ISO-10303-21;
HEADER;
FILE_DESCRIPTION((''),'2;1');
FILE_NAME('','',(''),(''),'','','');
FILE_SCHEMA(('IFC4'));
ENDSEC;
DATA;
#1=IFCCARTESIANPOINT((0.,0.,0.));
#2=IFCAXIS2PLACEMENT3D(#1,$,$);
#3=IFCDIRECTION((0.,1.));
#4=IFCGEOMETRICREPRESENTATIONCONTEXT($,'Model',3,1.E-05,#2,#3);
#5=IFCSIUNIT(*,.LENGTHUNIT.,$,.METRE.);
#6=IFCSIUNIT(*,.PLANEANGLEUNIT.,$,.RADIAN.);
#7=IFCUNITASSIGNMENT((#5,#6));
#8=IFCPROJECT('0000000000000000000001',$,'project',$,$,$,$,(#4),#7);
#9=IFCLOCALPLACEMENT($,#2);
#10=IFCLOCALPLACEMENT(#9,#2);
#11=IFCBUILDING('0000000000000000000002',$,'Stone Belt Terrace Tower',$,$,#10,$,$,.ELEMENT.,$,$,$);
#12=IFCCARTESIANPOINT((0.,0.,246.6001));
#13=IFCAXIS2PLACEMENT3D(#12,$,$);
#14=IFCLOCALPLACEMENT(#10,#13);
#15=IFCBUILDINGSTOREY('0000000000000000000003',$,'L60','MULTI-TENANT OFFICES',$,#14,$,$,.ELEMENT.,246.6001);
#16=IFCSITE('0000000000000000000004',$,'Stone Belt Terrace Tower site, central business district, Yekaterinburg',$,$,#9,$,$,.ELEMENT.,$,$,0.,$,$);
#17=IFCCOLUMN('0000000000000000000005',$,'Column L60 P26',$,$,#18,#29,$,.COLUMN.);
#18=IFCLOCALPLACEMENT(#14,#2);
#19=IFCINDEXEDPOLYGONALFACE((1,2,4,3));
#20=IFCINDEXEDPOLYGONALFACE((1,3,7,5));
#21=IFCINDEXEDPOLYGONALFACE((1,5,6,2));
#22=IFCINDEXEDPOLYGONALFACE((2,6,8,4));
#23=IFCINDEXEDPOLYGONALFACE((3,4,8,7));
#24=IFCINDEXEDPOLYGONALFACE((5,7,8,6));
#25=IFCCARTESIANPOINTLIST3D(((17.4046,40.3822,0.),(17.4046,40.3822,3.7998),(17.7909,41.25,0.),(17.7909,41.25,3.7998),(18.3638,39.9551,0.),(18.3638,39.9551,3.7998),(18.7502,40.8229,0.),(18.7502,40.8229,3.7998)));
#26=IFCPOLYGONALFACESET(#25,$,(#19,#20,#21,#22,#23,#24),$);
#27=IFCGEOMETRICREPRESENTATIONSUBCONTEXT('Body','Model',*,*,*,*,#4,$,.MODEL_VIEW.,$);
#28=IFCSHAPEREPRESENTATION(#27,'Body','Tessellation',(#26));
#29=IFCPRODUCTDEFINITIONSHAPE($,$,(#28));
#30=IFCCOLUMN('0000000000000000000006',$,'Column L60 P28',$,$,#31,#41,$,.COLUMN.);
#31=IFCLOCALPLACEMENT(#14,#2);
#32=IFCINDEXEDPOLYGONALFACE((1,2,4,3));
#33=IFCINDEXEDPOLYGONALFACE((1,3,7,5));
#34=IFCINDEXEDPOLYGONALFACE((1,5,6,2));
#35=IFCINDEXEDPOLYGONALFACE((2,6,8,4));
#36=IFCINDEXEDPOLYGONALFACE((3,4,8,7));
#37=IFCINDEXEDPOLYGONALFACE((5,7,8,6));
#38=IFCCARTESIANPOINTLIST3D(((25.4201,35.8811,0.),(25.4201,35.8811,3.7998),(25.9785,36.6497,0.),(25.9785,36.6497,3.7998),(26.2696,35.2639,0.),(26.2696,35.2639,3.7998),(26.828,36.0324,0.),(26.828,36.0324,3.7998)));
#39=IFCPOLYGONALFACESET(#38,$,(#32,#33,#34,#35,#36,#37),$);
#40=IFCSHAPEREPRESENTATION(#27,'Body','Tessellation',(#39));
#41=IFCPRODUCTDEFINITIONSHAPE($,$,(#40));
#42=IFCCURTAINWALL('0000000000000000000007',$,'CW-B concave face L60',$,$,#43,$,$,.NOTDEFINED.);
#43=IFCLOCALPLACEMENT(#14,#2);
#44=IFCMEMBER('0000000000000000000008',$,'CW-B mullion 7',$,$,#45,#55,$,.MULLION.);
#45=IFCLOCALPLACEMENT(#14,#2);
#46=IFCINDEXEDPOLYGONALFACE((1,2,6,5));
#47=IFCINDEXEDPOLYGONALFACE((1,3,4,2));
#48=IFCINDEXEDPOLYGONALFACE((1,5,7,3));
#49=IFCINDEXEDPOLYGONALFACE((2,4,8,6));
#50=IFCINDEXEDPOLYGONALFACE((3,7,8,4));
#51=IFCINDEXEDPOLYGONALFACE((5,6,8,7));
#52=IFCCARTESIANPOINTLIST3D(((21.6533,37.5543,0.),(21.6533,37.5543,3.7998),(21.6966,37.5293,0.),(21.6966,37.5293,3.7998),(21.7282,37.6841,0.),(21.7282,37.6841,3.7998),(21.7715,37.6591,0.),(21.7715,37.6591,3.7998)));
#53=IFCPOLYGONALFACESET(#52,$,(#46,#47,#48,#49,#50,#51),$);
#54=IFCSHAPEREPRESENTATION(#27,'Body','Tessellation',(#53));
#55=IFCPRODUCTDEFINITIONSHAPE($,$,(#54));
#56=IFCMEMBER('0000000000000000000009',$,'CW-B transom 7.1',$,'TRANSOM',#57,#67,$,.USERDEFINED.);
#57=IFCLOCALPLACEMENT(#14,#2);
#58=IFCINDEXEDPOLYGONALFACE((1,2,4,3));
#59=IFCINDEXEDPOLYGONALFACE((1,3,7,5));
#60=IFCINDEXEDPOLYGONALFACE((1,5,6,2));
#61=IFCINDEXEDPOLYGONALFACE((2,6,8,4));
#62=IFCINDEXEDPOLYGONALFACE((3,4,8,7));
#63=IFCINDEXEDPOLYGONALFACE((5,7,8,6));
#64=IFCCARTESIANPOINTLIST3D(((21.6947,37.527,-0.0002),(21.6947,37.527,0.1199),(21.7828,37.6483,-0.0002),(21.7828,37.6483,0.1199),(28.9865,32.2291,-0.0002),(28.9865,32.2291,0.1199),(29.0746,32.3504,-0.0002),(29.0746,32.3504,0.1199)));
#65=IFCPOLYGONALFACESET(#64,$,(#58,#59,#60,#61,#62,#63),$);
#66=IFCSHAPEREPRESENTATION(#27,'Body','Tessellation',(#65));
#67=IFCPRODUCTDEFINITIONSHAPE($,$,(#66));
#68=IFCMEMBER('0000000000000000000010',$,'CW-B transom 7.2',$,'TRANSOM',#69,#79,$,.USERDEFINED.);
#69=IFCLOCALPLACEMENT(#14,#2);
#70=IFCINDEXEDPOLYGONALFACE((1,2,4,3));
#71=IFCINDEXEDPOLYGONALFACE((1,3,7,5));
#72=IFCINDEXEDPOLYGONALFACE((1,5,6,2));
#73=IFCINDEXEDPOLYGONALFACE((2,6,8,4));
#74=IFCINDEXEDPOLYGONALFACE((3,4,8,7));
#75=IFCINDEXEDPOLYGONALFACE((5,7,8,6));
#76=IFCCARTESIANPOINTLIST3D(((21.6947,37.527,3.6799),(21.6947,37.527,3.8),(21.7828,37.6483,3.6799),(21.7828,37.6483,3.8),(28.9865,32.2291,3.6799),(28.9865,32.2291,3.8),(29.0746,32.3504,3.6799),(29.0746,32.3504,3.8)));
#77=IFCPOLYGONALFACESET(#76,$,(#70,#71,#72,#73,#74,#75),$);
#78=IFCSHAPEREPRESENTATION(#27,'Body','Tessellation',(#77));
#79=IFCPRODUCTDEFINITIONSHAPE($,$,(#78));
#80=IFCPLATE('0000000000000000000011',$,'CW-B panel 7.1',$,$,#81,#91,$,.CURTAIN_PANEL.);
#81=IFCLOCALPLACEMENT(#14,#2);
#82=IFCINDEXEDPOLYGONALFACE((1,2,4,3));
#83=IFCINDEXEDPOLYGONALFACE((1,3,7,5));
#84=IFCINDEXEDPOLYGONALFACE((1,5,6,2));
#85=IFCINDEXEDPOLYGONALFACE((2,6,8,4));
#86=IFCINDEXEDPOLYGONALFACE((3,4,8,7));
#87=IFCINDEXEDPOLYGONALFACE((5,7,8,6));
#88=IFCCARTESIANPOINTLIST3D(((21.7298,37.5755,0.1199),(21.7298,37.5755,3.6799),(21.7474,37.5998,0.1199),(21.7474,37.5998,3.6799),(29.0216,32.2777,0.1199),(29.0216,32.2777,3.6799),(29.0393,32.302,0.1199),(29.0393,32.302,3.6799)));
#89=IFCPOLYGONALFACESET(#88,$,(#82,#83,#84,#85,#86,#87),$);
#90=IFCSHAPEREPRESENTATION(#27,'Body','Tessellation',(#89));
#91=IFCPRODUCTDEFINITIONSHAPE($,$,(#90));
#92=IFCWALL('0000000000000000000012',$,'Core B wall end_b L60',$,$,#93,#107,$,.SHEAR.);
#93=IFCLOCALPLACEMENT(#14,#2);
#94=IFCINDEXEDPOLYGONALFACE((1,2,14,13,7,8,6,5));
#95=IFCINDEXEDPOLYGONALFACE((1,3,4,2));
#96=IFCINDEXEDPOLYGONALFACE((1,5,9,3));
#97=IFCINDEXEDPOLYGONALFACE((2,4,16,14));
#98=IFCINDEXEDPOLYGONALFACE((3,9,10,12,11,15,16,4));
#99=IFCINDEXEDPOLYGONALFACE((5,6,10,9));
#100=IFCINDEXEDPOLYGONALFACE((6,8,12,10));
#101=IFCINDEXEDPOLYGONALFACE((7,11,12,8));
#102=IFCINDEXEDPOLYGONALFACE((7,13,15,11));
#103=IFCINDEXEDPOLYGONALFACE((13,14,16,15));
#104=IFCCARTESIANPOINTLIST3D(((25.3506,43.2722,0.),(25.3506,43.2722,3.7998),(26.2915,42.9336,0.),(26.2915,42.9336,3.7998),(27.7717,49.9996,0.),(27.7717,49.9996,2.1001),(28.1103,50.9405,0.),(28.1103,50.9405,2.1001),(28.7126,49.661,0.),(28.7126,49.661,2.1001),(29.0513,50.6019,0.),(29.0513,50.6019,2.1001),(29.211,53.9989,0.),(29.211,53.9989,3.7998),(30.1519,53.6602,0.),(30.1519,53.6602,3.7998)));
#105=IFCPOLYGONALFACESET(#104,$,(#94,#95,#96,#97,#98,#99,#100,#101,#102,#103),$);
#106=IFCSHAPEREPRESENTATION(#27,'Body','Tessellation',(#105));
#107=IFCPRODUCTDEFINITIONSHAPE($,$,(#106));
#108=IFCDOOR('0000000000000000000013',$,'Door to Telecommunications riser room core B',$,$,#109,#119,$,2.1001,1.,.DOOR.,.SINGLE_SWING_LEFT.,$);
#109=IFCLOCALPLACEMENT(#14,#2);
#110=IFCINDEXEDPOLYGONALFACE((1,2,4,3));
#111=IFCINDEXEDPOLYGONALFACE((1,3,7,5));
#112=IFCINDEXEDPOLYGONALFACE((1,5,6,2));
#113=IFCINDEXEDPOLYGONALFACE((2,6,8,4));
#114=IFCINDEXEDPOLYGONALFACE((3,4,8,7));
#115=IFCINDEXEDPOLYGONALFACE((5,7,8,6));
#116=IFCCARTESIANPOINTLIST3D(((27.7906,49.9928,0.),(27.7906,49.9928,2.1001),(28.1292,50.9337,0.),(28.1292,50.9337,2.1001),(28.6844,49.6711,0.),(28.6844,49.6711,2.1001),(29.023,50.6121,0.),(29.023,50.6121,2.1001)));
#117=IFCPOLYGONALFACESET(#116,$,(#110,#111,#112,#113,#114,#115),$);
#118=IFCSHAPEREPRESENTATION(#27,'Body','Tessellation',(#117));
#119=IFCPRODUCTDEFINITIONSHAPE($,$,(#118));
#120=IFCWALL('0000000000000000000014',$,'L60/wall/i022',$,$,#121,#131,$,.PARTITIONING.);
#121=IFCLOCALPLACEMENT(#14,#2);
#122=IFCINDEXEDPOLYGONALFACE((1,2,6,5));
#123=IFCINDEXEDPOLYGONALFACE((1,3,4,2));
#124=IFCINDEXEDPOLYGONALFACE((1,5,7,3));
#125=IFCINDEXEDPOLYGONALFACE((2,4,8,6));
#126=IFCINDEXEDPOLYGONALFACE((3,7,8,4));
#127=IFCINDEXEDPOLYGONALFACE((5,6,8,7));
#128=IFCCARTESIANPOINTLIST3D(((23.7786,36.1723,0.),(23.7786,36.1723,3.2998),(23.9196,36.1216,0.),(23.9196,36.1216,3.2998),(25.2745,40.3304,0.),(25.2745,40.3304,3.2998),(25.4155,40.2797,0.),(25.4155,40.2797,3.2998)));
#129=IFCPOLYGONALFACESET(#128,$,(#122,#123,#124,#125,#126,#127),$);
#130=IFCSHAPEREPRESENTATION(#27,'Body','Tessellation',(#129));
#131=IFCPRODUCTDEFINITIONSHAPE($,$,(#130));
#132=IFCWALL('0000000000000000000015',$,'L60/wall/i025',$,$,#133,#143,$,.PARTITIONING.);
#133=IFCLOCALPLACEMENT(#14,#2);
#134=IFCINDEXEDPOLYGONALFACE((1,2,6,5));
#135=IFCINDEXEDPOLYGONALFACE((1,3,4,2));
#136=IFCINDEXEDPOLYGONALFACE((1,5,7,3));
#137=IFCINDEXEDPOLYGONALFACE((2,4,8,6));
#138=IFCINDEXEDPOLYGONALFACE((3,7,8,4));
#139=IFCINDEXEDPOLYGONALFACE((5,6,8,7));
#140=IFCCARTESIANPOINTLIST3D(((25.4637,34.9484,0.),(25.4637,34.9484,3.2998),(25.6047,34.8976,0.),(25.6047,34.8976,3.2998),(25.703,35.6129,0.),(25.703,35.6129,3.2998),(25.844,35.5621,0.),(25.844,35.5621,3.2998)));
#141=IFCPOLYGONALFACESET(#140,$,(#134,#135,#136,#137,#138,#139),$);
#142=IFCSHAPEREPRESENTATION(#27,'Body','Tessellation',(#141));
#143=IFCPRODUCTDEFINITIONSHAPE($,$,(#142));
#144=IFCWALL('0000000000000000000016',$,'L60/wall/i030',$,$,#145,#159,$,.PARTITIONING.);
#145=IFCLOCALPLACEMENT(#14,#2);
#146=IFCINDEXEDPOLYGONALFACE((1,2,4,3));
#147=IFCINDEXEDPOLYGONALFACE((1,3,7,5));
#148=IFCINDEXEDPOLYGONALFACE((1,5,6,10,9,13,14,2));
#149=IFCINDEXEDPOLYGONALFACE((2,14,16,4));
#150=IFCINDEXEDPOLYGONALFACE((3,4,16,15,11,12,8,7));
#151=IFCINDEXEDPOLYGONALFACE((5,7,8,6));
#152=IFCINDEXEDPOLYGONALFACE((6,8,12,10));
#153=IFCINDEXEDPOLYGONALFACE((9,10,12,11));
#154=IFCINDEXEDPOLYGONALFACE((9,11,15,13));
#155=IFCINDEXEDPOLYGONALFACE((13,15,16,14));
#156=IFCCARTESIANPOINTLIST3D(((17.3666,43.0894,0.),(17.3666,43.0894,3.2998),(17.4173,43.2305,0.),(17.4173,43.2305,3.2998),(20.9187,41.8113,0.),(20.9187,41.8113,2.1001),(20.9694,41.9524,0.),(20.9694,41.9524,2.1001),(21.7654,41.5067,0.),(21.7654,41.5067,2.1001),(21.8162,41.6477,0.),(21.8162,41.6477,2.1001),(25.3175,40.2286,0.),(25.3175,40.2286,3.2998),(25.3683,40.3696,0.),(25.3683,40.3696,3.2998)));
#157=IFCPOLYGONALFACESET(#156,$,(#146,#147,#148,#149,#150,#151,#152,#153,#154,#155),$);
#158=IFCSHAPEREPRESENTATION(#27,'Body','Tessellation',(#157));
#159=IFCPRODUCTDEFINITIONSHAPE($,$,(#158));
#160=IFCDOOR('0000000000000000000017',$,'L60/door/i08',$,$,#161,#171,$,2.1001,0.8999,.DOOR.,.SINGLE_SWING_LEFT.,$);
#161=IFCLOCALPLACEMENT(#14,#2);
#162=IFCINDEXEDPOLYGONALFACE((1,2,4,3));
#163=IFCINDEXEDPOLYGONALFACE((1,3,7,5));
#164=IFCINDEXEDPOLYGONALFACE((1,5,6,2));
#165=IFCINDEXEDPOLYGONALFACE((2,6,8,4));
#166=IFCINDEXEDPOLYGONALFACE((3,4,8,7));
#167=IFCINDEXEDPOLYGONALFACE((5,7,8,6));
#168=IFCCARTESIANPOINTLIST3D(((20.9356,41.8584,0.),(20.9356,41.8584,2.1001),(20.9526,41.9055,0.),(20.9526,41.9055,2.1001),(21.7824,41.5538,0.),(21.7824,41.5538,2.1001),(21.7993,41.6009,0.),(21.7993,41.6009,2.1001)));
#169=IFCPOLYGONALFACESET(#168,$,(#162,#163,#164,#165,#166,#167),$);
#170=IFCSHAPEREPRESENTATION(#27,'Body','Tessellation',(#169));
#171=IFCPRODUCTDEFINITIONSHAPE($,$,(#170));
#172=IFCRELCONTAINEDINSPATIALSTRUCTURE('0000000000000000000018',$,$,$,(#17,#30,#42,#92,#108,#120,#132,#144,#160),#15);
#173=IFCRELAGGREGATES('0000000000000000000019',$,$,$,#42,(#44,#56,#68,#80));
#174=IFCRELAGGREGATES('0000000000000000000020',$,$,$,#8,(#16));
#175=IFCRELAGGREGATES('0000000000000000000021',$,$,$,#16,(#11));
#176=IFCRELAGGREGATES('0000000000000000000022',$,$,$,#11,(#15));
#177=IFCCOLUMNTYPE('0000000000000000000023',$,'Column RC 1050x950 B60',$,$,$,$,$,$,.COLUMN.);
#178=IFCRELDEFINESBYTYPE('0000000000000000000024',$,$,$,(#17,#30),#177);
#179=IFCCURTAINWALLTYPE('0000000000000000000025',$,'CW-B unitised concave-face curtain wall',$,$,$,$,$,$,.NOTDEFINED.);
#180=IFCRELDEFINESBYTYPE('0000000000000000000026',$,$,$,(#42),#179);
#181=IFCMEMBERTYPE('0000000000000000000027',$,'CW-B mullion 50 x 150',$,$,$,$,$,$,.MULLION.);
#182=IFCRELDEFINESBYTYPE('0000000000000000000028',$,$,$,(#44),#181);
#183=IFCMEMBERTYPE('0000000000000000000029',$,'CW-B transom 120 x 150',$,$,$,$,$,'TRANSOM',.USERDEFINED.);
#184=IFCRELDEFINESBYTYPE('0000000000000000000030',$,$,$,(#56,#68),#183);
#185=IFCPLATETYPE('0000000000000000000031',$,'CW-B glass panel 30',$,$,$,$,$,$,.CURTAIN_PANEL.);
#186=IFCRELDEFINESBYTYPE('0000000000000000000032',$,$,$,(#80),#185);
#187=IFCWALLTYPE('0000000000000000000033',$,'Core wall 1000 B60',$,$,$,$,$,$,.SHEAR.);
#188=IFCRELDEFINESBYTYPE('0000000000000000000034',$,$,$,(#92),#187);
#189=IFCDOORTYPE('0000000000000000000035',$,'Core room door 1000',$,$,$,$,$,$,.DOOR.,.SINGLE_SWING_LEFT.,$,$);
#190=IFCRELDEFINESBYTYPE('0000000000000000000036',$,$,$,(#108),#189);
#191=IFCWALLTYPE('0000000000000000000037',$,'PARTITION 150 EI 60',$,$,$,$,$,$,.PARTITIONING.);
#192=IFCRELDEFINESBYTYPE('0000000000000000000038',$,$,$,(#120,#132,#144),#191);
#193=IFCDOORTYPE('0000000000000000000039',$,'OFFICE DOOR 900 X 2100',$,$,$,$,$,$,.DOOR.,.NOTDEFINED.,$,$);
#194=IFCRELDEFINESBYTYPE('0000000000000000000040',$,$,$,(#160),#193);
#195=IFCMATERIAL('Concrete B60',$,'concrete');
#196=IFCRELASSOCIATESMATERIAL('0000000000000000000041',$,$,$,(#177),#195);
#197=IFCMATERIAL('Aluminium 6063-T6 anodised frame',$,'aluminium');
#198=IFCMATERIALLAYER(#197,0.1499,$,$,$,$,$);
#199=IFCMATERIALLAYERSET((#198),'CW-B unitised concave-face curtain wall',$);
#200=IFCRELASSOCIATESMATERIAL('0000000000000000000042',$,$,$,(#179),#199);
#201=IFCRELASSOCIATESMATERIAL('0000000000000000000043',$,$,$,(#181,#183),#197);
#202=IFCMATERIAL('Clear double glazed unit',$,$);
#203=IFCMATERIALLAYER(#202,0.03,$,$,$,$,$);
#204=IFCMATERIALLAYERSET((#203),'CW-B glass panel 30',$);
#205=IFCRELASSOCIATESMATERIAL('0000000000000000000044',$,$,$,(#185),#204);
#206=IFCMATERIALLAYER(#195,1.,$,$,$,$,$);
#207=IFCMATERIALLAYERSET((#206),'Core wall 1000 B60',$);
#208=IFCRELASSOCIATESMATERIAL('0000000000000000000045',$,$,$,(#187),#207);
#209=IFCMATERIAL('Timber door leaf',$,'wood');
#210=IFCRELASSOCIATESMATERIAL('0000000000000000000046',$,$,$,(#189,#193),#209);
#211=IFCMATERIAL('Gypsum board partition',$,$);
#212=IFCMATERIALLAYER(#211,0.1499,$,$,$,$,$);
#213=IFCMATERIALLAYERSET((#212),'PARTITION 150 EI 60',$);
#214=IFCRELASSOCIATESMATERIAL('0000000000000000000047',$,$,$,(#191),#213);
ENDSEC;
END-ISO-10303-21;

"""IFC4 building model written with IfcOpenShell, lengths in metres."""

from ifc_helpers import new_model, si_unit, direction, frame, frame_2d, origin, origin_2d, place, context, subcontext, project, spatial, rectangle, extrude, material, layer, layer_set, material_profile, profile_set, type_object, element, fill, aggregate, save


model = new_model("IFC4")

# Units and contexts
model_context = context("Model", 3, precision=1e-05, world=origin(), true_north=direction((0.0, 1.0)))
body_context = subcontext(model_context, "Body", "Model", "MODEL_VIEW")
ifc_project = project(units=[si_unit("LENGTHUNIT", "METRE"), si_unit("PLANEANGLEUNIT", "RADIAN")], contexts=[model_context])

# Site, building, storey
site_placement = place(None, origin())
site = spatial("IfcSite", under=ifc_project, at=site_placement, Name="Stone Belt Terrace Tower site, central business district, Yekaterinburg", CompositionType="ELEMENT", RefElevation=0.0)
building_placement = place(site_placement, origin())
building = spatial("IfcBuilding", under=site, at=building_placement, Name="Stone Belt Terrace Tower", CompositionType="ELEMENT")
storey_placement = place(building_placement, frame((0.0, 0.0, 246.6001)))
storey = spatial("IfcBuildingStorey", under=building, at=storey_placement, Name="L60", Description="MULTI-TENANT OFFICES", CompositionType="ELEMENT", Elevation=246.6001)

# Columns
ifc_material_1 = material(Name="Concrete B60", Category="concrete")
ifc_material_profile_1 = material_profile(ifc_material_1, rectangle(XDim=1.05, YDim=0.95, at=origin_2d()), Name="RC 1050x950")
ifc_profile_set_1 = profile_set([ifc_material_profile_1], Name="Concrete B60")
column_type = type_object("IfcColumnType", Name="Column RC 1050x950 B60", PredefinedType="COLUMN", material=ifc_profile_set_1)
for number, where, z_axis, x_axis, name in (
    (1, (18.0774, 40.6025, 0.0), (0.0, 0.0, 1.0), (0.913545, -0.406737, 0.0), "Column L60 P26"),
    (2, (26.124, 35.9568, 0.0), (0.0, 0.0, 1.0), (0.809017, -0.587785, 0.0), "Column L60 P28"),
):
    element("IfcColumn", number, at=place(storey_placement, frame(where, z_axis=z_axis, x_axis=x_axis)), inside=storey, type_object=column_type, Name=name, PredefinedType="COLUMN", context=body_context, shape_type="SweptSolid", body=[
        extrude(rectangle(XDim=1.05, YDim=0.95, at=origin_2d()), origin(), (0.0, 0.0, 1.0), 3.7998),
    ])

# Curtain wall, members, plate
ifc_material_2 = material(Name="Aluminium 6063-T6 anodised frame", Category="aluminium")
ifc_layer_1 = layer(ifc_material_2, 0.1499)
ifc_layer_set_1 = layer_set([ifc_layer_1], Name="CW-B unitised concave-face curtain wall")
curtain_wall_type = type_object("IfcCurtainWallType", Name="CW-B unitised concave-face curtain wall", PredefinedType="NOTDEFINED", material=ifc_layer_set_1)
curtain_wall_placement = place(storey_placement, origin())
curtain_wall = element("IfcCurtainWall", 3, at=curtain_wall_placement, inside=storey, type_object=curtain_wall_type, Name="CW-B concave face L60", PredefinedType="NOTDEFINED")
ifc_material_profile_2 = material_profile(ifc_material_2, rectangle(XDim=0.1499, YDim=0.05, at=origin_2d()), Name="Aluminium 6063-T6 50x150")
ifc_profile_set_2 = profile_set([ifc_material_profile_2], Name="Aluminium 6063-T6 anodised frame")
member_type_1 = type_object("IfcMemberType", Name="CW-B mullion 50 x 150", PredefinedType="MULLION", material=ifc_profile_set_2)
member_1_placement = place(storey_placement, frame((21.7124, 37.6067, 0.0), z_axis=(0.0, 0.0, 1.0), x_axis=(0.5, 0.866025, 0.0)))
member_1 = element("IfcMember", 4, at=member_1_placement, type_object=member_type_1, Name="CW-B mullion 7", PredefinedType="MULLION", context=body_context, shape_type="SweptSolid", body=[
    extrude(rectangle(XDim=0.1499, YDim=0.05, at=origin_2d()), origin(), (0.0, 0.0, 1.0), 3.7998),
])
ifc_material_profile_3 = material_profile(ifc_material_2, rectangle(XDim=0.1499, YDim=0.1201, at=origin_2d()), Name="Aluminium 6063-T6 150x120")
ifc_profile_set_3 = profile_set([ifc_material_profile_3], Name="Aluminium 6063-T6 anodised frame")
member_type_2 = type_object("IfcMemberType", Name="CW-B transom 120 x 150", ElementType="TRANSOM", PredefinedType="USERDEFINED", material=ifc_profile_set_3)
member_2_placement = place(storey_placement, frame((21.7388, 37.5876, 0.0598), z_axis=(0.809012, -0.587792, 0.0), x_axis=(0.587792, 0.809012, 0.0)))
member_2 = element("IfcMember", 5, at=member_2_placement, type_object=member_type_2, Name="CW-B transom 7.1", ObjectType="TRANSOM", PredefinedType="USERDEFINED", context=body_context, shape_type="SweptSolid", body=[
    extrude(rectangle(XDim=0.1499, YDim=0.1201, at=origin_2d()), origin(), (0.0, 0.0, 1.0), 9.0132),
])
member_3_placement = place(storey_placement, frame((21.7388, 37.5876, 3.74), z_axis=(0.809012, -0.587792, 0.0), x_axis=(0.587792, 0.809012, 0.0)))
member_3 = element("IfcMember", 6, at=member_3_placement, type_object=member_type_2, Name="CW-B transom 7.2", ObjectType="TRANSOM", PredefinedType="USERDEFINED", context=body_context, shape_type="SweptSolid", body=[
    extrude(rectangle(XDim=0.1499, YDim=0.1201, at=origin_2d()), origin(), (0.0, 0.0, 1.0), 9.0132),
])
ifc_material_3 = material(Name="Clear double glazed unit")
ifc_layer_2 = layer(ifc_material_3, 0.03)
ifc_layer_set_2 = layer_set([ifc_layer_2], Name="CW-B glass panel 30")
plate_type = type_object("IfcPlateType", Name="CW-B glass panel 30", PredefinedType="CURTAIN_PANEL", material=ifc_layer_set_2)
plate_placement = place(storey_placement, frame((25.3845, 34.9387, 0.1199), z_axis=(0.0, 0.0, 1.0), x_axis=(0.809017, -0.587785, 0.0)))
plate = element("IfcPlate", 7, at=plate_placement, type_object=plate_type, Name="CW-B panel 7.1", PredefinedType="CURTAIN_PANEL", context=body_context, shape_type="SweptSolid", body=[
    extrude(rectangle(XDim=9.0132, YDim=0.03, at=origin_2d()), origin(), (0.0, 0.0, 1.0), 3.5601),
])
aggregate(curtain_wall, [member_1, member_2, member_3, plate])

# Wall, opening, door
ifc_layer_3 = layer(ifc_material_1, 1.0)
ifc_layer_set_3 = layer_set([ifc_layer_3], Name="Core wall 1000 B60")
wall_type_1 = type_object("IfcWallType", Name="Core wall 1000 B60", PredefinedType="SHEAR", material=ifc_layer_set_3)
wall_1_placement = place(storey_placement, frame((25.821, 43.1028, 0.0), z_axis=(0.0, 0.0, 1.0), x_axis=(0.338625, 0.940921, 0.0)))
wall_1 = element("IfcWall", 8, at=wall_1_placement, inside=storey, type_object=wall_type_1, Name="Core B wall end_b L60", PredefinedType="SHEAR", context=body_context, shape_type="SweptSolid", body=[
    extrude(rectangle(XDim=11.4001, YDim=1.0, at=frame_2d((5.7002, 0.0))), origin(), (0.0, 0.0, 1.0), 3.7998),
])
opening_1_placement = place(wall_1_placement, frame((7.1499, 0.0, 0.0)))
opening_1 = element("IfcOpeningElement", 9, at=opening_1_placement, cuts=wall_1, PredefinedType="OPENING", context=body_context, shape_type="SweptSolid", body=[
    extrude(rectangle(XDim=1.0, YDim=2.1001, at=frame_2d((0.5, 1.05))), frame((0.0, 0.51, 0.0), z_axis=(0.0, -1.0, 0.0), x_axis=(1.0, 0.0, 0.0)), (0.0, 0.0, 1.0), 1.02),
])
ifc_material_4 = material(Name="Timber door leaf", Category="wood")
door_type_1 = type_object("IfcDoorType", Name="Core room door 1000", OperationType="SINGLE_SWING_LEFT", PredefinedType="DOOR", material=ifc_material_4)
door_1_placement = place(opening_1_placement, origin())
door_1 = element("IfcDoor", 10, at=door_1_placement, inside=storey, type_object=door_type_1, Name="Door to Telecommunications riser room core B", OperationType="SINGLE_SWING_LEFT", OverallHeight=2.1001, OverallWidth=1.0, PredefinedType="DOOR", context=body_context, shape_type="SweptSolid", body=[
    extrude(rectangle(XDim=1.0, YDim=2.1001, at=frame_2d((0.5, 1.05))), frame((0.0, 0.48, 0.0), z_axis=(0.0, -1.0, 0.0), x_axis=(1.0, 0.0, 0.0)), (0.0, 0.0, 1.0), 0.95),
])
fill(opening_1, door_1)

# Walls
ifc_material_5 = material(Name="Gypsum board partition")
ifc_layer_4 = layer(ifc_material_5, 0.1499)
ifc_layer_set_4 = layer_set([ifc_layer_4], Name="PARTITION 150 EI 60")
wall_type_2 = type_object("IfcWallType", Name="PARTITION 150 EI 60", PredefinedType="PARTITIONING", material=ifc_layer_set_4)
wall_2_placement = place(storey_placement, frame((23.8491, 36.147, 0.0), z_axis=(0.0, 0.0, 1.0), x_axis=(0.338516, 0.940961, 0.0)))
element("IfcWall", 11, at=wall_2_placement, inside=storey, type_object=wall_type_2, Name="L60/wall/i022", PredefinedType="PARTITIONING", context=body_context, shape_type="SweptSolid", body=[
    extrude(rectangle(XDim=4.4189, YDim=0.1499, at=frame_2d((2.2095, 0.0))), origin(), (0.0, 0.0, 1.0), 3.2998),
])
wall_3_placement = place(storey_placement, frame((25.7734, 35.5874, 0.0), z_axis=(0.0, 0.0, 1.0), x_axis=(-0.338744, -0.940879, 0.0)))
element("IfcWall", 12, at=wall_3_placement, inside=storey, type_object=wall_type_2, Name="L60/wall/i025", PredefinedType="PARTITIONING", context=body_context, shape_type="SweptSolid", body=[
    extrude(rectangle(XDim=0.7063, YDim=0.1499, at=frame_2d((0.353, 0.0))), origin(), (0.0, 0.0, 1.0), 3.2998),
])

# Wall, opening, door
wall_4_placement = place(storey_placement, frame((25.343, 40.2991, 0.0), z_axis=(0.0, 0.0, 1.0), x_axis=(-0.940944, 0.338563, 0.0)))
wall_4 = element("IfcWall", 13, at=wall_4_placement, inside=storey, type_object=wall_type_2, Name="L60/wall/i030", PredefinedType="PARTITIONING", context=body_context, shape_type="SweptSolid", body=[
    extrude(rectangle(XDim=8.45, YDim=0.1499, at=frame_2d((4.2251, 0.0))), origin(), (0.0, 0.0, 1.0), 3.2998),
])
opening_2_placement = place(wall_4_placement, frame((3.7751, 0.0, 0.0)))
opening_2 = element("IfcOpeningElement", 14, at=opening_2_placement, cuts=wall_4, PredefinedType="OPENING", context=body_context, shape_type="SweptSolid", body=[
    extrude(rectangle(XDim=0.8999, YDim=2.1001, at=frame_2d((0.45, 1.05))), frame((0.0, 0.085, 0.0), z_axis=(0.0, -1.0, 0.0), x_axis=(1.0, 0.0, 0.0)), (0.0, 0.0, 1.0), 0.1699),
])
door_type_2 = type_object("IfcDoorType", Name="OFFICE DOOR 900 X 2100", OperationType="NOTDEFINED", PredefinedType="DOOR", material=ifc_material_4)
door_2_placement = place(opening_2_placement, origin())
door_2 = element("IfcDoor", 15, at=door_2_placement, inside=storey, type_object=door_type_2, Name="L60/door/i08", OperationType="SINGLE_SWING_LEFT", OverallHeight=2.1001, OverallWidth=0.8999, PredefinedType="DOOR", context=body_context, shape_type="SweptSolid", body=[
    extrude(rectangle(XDim=0.8999, YDim=2.1001, at=frame_2d((0.45, 1.05))), frame((0.0, 0.0249, 0.0), z_axis=(0.0, -1.0, 0.0), x_axis=(1.0, 0.0, 0.0)), (0.0, 0.0, 1.0), 0.05),
])
fill(opening_2, door_2)

save(model, "model.ifc")
